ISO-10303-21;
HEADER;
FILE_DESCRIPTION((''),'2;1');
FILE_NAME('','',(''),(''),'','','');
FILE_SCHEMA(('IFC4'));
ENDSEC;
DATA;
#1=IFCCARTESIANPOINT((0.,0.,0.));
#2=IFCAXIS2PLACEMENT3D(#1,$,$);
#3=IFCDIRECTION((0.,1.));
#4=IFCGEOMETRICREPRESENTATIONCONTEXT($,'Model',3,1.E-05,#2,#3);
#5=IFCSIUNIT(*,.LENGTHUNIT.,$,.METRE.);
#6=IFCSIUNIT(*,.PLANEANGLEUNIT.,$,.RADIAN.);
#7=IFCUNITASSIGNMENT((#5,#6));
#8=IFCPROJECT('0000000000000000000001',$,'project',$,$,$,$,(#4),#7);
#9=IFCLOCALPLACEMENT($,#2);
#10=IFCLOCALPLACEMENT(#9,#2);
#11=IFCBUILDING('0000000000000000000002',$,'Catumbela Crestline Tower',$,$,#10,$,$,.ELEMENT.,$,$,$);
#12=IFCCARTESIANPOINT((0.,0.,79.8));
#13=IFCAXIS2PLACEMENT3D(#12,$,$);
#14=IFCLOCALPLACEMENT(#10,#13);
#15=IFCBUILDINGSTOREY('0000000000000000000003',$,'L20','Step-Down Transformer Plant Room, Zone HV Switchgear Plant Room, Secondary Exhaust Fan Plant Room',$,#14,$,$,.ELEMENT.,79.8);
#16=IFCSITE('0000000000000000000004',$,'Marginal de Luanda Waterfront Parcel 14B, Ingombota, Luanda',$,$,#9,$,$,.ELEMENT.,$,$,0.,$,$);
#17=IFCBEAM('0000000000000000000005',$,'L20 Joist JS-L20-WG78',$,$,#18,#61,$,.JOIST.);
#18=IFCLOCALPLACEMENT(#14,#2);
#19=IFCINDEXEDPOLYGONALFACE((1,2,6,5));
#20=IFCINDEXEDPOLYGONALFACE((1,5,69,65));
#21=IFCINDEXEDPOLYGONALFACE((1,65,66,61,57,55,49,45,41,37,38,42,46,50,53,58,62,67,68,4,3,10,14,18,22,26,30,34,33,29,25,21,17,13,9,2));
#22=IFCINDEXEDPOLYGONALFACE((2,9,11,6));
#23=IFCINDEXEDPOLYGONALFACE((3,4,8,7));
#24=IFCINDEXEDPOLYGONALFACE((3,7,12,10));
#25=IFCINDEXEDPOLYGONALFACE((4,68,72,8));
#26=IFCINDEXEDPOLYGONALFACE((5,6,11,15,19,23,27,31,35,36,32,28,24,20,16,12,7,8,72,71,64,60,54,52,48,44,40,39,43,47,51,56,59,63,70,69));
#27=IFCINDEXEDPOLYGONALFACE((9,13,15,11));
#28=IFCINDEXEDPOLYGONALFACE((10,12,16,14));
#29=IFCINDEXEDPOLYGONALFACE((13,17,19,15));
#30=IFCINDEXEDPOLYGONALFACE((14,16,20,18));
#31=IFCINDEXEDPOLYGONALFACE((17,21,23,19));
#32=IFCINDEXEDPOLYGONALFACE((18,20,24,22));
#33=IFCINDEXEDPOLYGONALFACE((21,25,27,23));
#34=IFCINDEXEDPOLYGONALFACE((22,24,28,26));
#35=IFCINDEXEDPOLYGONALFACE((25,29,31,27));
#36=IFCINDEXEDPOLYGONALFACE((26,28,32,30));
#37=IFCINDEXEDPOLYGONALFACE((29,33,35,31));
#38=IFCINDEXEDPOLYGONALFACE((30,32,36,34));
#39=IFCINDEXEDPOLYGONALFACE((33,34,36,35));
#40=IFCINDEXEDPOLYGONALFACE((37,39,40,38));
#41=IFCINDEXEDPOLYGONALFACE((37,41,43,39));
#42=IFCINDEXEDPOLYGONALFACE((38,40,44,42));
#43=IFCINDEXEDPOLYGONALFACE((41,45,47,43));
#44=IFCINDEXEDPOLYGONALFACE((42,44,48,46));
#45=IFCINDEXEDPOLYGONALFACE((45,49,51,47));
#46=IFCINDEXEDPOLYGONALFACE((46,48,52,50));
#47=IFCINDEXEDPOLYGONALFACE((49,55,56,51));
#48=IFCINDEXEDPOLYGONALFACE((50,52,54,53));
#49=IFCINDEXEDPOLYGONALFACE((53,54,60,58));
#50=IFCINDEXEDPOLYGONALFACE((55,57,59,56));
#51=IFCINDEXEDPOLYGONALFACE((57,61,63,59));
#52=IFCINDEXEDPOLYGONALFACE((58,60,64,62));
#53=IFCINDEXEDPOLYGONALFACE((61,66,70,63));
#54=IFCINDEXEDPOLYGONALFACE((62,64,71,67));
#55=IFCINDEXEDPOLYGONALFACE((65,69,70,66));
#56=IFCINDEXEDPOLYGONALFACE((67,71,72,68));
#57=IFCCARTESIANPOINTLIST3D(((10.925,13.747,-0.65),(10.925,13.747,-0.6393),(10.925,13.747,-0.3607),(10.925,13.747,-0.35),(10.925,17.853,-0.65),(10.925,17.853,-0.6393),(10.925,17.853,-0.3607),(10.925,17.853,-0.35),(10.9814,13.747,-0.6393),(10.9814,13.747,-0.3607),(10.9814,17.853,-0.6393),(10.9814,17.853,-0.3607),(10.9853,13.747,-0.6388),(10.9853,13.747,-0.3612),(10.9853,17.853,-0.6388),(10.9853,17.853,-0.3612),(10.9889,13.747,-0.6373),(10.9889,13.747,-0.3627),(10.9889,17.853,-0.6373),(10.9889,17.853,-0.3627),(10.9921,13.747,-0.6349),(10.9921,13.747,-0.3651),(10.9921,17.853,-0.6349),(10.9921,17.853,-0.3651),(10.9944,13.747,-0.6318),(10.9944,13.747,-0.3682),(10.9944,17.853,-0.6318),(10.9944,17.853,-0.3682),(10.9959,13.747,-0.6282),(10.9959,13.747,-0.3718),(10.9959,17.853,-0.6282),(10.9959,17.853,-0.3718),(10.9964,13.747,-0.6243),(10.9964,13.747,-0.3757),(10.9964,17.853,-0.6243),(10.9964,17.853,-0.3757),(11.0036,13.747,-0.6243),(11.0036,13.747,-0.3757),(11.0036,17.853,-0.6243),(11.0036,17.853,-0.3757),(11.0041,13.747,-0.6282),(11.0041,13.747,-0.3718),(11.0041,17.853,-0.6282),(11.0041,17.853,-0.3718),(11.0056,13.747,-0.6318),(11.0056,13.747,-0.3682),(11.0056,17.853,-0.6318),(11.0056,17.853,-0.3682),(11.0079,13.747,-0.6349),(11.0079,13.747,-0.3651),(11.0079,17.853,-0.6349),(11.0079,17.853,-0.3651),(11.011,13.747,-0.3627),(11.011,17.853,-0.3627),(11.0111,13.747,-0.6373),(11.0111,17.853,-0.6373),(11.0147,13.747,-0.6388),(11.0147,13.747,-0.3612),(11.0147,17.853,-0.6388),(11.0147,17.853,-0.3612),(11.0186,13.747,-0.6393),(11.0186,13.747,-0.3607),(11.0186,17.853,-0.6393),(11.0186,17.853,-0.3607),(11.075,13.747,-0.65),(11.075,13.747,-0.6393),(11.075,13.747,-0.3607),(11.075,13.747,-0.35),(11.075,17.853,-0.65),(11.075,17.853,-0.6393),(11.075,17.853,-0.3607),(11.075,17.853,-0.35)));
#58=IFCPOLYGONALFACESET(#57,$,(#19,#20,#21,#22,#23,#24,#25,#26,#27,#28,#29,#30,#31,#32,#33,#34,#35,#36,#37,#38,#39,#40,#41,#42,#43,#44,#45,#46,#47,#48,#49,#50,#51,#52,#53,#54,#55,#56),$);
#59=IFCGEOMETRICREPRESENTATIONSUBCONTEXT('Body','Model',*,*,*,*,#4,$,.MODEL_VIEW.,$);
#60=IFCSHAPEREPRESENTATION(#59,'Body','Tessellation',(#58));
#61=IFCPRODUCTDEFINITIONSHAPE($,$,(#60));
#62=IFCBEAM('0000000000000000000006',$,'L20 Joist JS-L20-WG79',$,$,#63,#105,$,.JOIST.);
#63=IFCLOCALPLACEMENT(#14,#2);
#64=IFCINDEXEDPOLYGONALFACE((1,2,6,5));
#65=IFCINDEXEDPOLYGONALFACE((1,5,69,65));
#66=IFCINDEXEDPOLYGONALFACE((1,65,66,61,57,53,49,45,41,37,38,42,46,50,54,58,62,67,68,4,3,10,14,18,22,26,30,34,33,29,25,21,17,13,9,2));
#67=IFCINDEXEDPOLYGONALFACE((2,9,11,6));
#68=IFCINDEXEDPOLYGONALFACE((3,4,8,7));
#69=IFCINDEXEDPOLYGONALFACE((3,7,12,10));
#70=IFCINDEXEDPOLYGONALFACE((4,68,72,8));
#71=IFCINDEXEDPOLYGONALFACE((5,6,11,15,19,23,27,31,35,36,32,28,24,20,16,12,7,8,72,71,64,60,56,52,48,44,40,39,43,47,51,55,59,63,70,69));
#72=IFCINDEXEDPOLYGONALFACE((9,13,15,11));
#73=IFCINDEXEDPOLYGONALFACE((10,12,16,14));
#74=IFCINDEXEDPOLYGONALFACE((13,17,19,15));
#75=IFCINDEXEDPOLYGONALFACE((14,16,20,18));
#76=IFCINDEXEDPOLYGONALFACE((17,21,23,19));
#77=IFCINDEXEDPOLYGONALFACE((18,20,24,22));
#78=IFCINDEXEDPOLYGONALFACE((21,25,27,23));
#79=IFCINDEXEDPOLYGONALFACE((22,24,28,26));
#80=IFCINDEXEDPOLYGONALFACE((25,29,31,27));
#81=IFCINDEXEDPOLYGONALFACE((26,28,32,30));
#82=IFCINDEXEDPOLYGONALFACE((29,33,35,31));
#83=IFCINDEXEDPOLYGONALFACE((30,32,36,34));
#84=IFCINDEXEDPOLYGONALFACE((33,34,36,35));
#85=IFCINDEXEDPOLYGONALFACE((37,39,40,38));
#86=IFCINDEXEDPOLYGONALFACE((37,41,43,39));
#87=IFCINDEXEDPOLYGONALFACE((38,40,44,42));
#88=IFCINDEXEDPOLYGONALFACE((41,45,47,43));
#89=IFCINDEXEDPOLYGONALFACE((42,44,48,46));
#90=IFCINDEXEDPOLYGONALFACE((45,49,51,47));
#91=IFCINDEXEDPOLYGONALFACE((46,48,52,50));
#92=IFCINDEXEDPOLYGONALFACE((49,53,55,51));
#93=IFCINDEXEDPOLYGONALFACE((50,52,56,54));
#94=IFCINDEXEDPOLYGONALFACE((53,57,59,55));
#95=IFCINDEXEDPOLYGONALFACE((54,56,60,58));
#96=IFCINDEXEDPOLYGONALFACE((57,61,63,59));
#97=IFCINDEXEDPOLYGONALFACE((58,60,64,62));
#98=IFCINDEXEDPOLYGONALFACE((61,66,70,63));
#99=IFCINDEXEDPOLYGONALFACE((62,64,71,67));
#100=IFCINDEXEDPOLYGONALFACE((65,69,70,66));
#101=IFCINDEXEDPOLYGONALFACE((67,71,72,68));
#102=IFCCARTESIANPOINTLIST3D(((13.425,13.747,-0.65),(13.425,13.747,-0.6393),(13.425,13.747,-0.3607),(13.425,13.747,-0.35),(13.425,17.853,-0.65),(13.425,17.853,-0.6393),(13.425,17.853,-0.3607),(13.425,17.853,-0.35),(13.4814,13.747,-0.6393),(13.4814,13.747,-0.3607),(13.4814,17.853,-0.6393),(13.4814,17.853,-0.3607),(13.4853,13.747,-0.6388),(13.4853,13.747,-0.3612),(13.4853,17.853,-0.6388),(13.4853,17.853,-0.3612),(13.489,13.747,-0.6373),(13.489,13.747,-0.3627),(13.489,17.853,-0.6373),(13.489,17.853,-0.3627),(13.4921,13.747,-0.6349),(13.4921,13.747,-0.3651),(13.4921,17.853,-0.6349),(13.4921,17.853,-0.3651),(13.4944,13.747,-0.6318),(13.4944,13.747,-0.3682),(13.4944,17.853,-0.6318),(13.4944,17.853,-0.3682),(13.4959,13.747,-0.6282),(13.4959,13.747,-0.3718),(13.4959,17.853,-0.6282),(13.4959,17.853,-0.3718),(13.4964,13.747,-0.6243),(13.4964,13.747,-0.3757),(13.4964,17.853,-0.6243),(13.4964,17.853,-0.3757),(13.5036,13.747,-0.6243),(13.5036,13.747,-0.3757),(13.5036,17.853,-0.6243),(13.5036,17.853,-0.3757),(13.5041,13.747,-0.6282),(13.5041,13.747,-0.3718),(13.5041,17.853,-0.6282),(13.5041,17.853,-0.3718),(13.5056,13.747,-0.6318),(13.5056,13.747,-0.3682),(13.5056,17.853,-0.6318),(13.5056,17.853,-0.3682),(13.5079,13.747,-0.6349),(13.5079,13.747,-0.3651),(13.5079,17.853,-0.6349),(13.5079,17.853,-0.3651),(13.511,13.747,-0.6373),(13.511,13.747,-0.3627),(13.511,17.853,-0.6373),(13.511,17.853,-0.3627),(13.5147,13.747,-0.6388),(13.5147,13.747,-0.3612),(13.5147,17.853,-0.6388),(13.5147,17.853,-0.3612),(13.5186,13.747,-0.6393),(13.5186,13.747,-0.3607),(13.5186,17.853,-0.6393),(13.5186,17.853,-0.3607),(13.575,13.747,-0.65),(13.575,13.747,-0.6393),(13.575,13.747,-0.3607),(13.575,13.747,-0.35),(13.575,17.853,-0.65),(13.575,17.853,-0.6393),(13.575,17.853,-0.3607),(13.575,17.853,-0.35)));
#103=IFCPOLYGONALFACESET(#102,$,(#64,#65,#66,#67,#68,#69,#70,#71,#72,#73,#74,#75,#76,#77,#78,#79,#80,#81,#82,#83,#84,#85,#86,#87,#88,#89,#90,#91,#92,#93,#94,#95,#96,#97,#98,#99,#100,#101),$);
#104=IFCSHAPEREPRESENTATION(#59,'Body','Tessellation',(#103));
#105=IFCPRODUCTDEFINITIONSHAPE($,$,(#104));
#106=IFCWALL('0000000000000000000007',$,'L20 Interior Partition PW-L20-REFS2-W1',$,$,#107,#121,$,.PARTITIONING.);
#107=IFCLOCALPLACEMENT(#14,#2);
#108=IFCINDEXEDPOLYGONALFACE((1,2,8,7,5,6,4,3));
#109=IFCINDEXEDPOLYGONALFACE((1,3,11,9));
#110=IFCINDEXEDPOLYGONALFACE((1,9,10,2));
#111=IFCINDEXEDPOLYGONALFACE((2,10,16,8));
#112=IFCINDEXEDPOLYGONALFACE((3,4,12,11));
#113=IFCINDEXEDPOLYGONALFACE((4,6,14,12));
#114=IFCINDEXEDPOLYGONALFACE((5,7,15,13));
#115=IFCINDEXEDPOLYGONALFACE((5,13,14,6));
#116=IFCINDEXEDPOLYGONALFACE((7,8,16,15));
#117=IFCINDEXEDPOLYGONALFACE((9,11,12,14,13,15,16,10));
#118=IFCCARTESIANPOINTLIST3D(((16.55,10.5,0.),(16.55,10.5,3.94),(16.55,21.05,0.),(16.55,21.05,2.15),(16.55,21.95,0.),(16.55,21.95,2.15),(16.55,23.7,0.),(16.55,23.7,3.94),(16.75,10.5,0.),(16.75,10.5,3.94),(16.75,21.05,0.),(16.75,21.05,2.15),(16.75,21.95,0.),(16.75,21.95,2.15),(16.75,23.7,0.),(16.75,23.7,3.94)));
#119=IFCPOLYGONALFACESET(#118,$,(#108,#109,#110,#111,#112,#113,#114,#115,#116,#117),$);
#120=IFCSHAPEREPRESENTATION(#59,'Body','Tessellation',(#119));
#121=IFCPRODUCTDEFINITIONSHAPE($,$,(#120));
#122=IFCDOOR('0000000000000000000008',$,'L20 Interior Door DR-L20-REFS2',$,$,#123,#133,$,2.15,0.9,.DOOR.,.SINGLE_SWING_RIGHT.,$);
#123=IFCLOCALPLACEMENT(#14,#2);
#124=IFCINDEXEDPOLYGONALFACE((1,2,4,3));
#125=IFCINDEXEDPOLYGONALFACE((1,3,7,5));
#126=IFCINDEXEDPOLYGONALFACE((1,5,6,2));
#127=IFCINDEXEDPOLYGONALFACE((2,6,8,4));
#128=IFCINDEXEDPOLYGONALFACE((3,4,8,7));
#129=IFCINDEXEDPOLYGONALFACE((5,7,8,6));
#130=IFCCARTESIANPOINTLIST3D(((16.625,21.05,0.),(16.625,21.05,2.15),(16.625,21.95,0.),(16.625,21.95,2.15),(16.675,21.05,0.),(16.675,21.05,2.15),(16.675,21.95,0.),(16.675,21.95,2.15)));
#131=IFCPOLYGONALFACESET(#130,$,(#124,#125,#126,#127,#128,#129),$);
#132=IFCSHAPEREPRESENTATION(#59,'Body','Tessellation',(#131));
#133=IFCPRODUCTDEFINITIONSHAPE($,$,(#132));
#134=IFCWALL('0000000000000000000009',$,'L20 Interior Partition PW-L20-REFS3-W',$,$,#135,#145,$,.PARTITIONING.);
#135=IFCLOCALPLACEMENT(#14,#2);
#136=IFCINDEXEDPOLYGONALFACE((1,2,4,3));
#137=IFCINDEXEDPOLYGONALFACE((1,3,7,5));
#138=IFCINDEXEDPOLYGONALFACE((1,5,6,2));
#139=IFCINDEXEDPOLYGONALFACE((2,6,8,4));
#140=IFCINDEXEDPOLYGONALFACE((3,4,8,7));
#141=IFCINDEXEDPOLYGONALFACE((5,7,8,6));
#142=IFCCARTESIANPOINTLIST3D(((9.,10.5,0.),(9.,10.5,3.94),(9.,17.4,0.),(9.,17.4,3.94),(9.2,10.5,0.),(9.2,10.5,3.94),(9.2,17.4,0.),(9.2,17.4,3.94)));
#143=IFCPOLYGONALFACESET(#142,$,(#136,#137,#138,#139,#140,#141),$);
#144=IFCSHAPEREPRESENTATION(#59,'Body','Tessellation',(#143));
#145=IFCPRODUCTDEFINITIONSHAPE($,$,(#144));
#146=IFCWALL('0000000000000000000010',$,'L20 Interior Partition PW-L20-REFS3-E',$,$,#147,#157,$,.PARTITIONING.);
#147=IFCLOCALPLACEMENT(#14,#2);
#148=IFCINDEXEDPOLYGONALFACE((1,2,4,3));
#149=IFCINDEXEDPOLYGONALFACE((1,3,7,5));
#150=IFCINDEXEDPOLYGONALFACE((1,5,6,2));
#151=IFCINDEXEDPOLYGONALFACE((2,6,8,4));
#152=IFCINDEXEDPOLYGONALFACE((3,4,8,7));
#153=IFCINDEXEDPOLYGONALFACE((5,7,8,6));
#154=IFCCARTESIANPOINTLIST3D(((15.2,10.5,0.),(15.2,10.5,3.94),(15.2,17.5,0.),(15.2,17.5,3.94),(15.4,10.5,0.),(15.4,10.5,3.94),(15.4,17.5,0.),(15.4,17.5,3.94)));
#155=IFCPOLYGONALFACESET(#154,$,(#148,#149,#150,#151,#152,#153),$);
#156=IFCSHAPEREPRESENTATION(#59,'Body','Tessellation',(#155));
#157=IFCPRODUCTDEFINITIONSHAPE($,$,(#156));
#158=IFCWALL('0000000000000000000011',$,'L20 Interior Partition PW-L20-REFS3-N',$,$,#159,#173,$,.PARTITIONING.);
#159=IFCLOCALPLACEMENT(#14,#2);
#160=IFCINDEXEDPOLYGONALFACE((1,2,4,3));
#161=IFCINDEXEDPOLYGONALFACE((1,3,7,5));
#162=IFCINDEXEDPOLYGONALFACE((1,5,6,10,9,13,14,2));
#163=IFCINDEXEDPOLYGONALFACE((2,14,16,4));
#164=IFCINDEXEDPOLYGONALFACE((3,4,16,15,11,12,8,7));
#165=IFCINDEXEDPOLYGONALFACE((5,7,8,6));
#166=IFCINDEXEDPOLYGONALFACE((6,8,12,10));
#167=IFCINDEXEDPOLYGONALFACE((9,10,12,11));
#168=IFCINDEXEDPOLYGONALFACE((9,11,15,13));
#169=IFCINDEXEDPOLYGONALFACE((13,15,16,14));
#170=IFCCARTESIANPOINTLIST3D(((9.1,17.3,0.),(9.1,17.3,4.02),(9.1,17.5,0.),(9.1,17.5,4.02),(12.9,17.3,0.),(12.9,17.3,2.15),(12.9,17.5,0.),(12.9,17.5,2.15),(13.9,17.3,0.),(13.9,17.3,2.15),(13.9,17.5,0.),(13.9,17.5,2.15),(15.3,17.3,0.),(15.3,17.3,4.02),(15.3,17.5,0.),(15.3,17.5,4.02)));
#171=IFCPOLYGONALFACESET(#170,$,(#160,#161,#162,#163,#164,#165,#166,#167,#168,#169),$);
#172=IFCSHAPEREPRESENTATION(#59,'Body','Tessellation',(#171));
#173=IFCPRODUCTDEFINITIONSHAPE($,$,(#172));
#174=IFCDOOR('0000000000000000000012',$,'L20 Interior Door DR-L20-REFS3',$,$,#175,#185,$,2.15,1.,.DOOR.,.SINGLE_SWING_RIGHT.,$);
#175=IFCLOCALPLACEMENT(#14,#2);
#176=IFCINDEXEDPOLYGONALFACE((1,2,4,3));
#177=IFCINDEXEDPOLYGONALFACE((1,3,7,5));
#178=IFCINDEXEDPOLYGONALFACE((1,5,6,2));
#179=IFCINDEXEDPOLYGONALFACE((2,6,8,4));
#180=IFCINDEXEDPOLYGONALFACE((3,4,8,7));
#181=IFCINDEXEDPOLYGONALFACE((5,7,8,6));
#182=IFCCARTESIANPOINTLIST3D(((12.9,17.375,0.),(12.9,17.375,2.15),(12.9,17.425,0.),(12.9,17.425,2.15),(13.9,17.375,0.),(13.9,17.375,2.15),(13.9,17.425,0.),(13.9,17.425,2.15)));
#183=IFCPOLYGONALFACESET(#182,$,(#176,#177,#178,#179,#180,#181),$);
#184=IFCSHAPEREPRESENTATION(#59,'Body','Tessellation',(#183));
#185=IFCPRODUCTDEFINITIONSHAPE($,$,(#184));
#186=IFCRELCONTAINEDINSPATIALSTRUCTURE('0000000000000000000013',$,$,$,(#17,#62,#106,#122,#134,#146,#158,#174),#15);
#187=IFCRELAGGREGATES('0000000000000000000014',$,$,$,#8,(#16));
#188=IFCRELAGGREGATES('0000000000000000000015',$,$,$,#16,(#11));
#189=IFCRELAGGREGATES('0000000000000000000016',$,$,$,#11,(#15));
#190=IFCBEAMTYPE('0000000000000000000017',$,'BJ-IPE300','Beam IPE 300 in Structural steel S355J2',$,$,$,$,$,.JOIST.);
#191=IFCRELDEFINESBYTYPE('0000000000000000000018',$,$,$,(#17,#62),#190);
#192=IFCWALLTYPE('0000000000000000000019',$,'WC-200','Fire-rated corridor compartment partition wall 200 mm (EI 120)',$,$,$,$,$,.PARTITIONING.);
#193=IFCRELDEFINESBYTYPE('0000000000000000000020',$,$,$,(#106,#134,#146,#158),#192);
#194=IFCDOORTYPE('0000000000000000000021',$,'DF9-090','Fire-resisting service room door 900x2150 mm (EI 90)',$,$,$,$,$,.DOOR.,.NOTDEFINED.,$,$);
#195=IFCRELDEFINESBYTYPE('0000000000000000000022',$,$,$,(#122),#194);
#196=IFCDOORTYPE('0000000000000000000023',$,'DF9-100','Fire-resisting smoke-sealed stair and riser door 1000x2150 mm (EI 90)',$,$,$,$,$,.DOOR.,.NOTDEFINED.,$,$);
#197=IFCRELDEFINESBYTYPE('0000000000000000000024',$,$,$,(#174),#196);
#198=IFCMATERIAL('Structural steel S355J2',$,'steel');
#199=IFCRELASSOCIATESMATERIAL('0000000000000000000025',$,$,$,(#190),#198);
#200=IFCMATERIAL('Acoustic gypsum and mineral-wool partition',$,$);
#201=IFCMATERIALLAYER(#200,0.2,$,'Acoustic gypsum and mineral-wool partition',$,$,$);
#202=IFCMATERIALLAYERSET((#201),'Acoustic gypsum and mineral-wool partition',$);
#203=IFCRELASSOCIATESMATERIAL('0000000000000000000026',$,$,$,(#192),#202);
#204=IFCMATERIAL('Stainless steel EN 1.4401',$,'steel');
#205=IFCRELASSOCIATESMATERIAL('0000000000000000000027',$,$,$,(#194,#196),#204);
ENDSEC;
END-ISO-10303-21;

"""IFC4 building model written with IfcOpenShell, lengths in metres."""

from ifc_helpers import new_model, si_unit, direction, frame, frame_2d, origin, origin_2d, place, context, subcontext, project, spatial, rectangle, i_section, extrude, material, layer, layer_set, material_profile, profile_set, type_object, element, fill, save


model = new_model("IFC4")

# Units and contexts
model_context = context("Model", 3, precision=1e-05, world=origin(), true_north=direction((0.0, 1.0)))
body_context = subcontext(model_context, "Body", "Model", "MODEL_VIEW")
ifc_project = project(units=[si_unit("LENGTHUNIT", "METRE"), si_unit("PLANEANGLEUNIT", "RADIAN")], contexts=[model_context])

# Site, building, storey
site_placement = place(None, origin())
site = spatial("IfcSite", under=ifc_project, at=site_placement, Name="Marginal de Luanda Waterfront Parcel 14B, Ingombota, Luanda", CompositionType="ELEMENT", RefElevation=0.0)
building_placement = place(site_placement, origin())
building = spatial("IfcBuilding", under=site, at=building_placement, Name="Catumbela Crestline Tower", CompositionType="ELEMENT")
storey_placement = place(building_placement, frame((0.0, 0.0, 79.8)))
storey = spatial("IfcBuildingStorey", under=building, at=storey_placement, Name="L20", Description="Step-Down Transformer Plant Room, Zone HV Switchgear Plant Room, Secondary Exhaust Fan Plant Room", CompositionType="ELEMENT", Elevation=79.8)

# Beams
ifc_material_1 = material(Name="Structural steel S355J2", Category="steel")
ifc_material_profile_1 = material_profile(ifc_material_1, i_section(OverallWidth=0.15, OverallDepth=0.3, WebThickness=0.0071, FlangeThickness=0.0107, FilletRadius=0.015, at=origin_2d()), Name="IPE 300")
ifc_profile_set_1 = profile_set([ifc_material_profile_1], Name="Structural steel S355J2")
beam_type_1 = type_object("IfcBeamType", Name="BJ-IPE300", Description="Beam IPE 300 in Structural steel S355J2", PredefinedType="JOIST", material=ifc_profile_set_1)
for number, where, z_axis, x_axis, name in (
    (1, (11.0, 13.747, -0.5), (0.0, 1.0, 0.0), (-1.0, 0.0, 0.0), "L20 Joist JS-L20-WG78"),
    (2, (13.5, 13.747, -0.5), (0.0, 1.0, 0.0), (-1.0, 0.0, 0.0), "L20 Joist JS-L20-WG79"),
):
    element("IfcBeam", number, at=place(storey_placement, frame(where, z_axis=z_axis, x_axis=x_axis)), inside=storey, type_object=beam_type_1, Name=name, PredefinedType="JOIST", context=body_context, shape_type="SweptSolid", body=[
        extrude(i_section(OverallWidth=0.15, OverallDepth=0.3, WebThickness=0.0071, FlangeThickness=0.0107, FilletRadius=0.015, at=origin_2d()), origin(), (0.0, 0.0, 1.0), 4.106),
    ])

# Wall, opening, door
ifc_material_2 = material(Name="Acoustic gypsum and mineral-wool partition")
ifc_layer = layer(ifc_material_2, 0.2, Name="Acoustic gypsum and mineral-wool partition")
ifc_layer_set = layer_set([ifc_layer], Name="Acoustic gypsum and mineral-wool partition")
wall_type = type_object("IfcWallType", Name="WC-200", Description="Fire-rated corridor compartment partition wall 200 mm (EI 120)", PredefinedType="PARTITIONING", material=ifc_layer_set)
wall_1_placement = place(storey_placement, frame((16.65, 10.5, 0.0), z_axis=(0.0, 0.0, 1.0), x_axis=(0.0, 1.0, 0.0)))
wall_1 = element("IfcWall", 3, at=wall_1_placement, inside=storey, type_object=wall_type, Name="L20 Interior Partition PW-L20-REFS2-W1", PredefinedType="PARTITIONING", context=body_context, shape_type="SweptSolid", body=[
    extrude(rectangle(XDim=13.2, YDim=0.2, at=frame_2d((6.6, 0.0))), origin(), (0.0, 0.0, 1.0), 3.94),
])
opening_1_placement = place(wall_1_placement, frame((10.55, 0.0, 0.0)))
opening_1 = element("IfcOpeningElement", 4, at=opening_1_placement, cuts=wall_1, PredefinedType="OPENING", context=body_context, shape_type="SweptSolid", body=[
    extrude(rectangle(XDim=0.9, YDim=2.15, at=frame_2d((0.45, 1.075))), frame((0.0, 0.11, 0.0), z_axis=(0.0, -1.0, 0.0), x_axis=(1.0, 0.0, 0.0)), (0.0, 0.0, 1.0), 0.22),
])
ifc_material_3 = material(Name="Stainless steel EN 1.4401", Category="steel")
door_type_1 = type_object("IfcDoorType", Name="DF9-090", Description="Fire-resisting service room door 900x2150 mm (EI 90)", OperationType="NOTDEFINED", PredefinedType="DOOR", material=ifc_material_3)
door_1_placement = place(opening_1_placement, origin())
door_1 = element("IfcDoor", 5, at=door_1_placement, inside=storey, type_object=door_type_1, Name="L20 Interior Door DR-L20-REFS2", OperationType="SINGLE_SWING_RIGHT", OverallHeight=2.15, OverallWidth=0.9, PredefinedType="DOOR", context=body_context, shape_type="SweptSolid", body=[
    extrude(rectangle(XDim=0.9, YDim=2.15, at=frame_2d((0.45, 1.075))), frame((0.0, 0.025, 0.0), z_axis=(0.0, -1.0, 0.0), x_axis=(1.0, 0.0, 0.0)), (0.0, 0.0, 1.0), 0.05),
])
fill(opening_1, door_1)

# Walls
wall_2_placement = place(storey_placement, frame((9.1, 10.5, 0.0), z_axis=(0.0, 0.0, 1.0), x_axis=(0.0, 1.0, 0.0)))
element("IfcWall", 6, at=wall_2_placement, inside=storey, type_object=wall_type, Name="L20 Interior Partition PW-L20-REFS3-W", PredefinedType="PARTITIONING", context=body_context, shape_type="SweptSolid", body=[
    extrude(rectangle(XDim=6.9, YDim=0.2, at=frame_2d((3.45, 0.0))), origin(), (0.0, 0.0, 1.0), 3.94),
])
wall_3_placement = place(storey_placement, frame((15.3, 10.5, 0.0), z_axis=(0.0, 0.0, 1.0), x_axis=(0.0, 1.0, 0.0)))
element("IfcWall", 7, at=wall_3_placement, inside=storey, type_object=wall_type, Name="L20 Interior Partition PW-L20-REFS3-E", PredefinedType="PARTITIONING", context=body_context, shape_type="SweptSolid", body=[
    extrude(rectangle(XDim=7.0, YDim=0.2, at=frame_2d((3.5, 0.0))), origin(), (0.0, 0.0, 1.0), 3.94),
])

# Wall, opening, door
wall_4_placement = place(storey_placement, frame((9.1, 17.4, 0.0), z_axis=(0.0, 0.0, 1.0), x_axis=(1.0, 0.0, 0.0)))
wall_4 = element("IfcWall", 8, at=wall_4_placement, inside=storey, type_object=wall_type, Name="L20 Interior Partition PW-L20-REFS3-N", PredefinedType="PARTITIONING", context=body_context, shape_type="SweptSolid", body=[
    extrude(rectangle(XDim=6.2, YDim=0.2, at=frame_2d((3.1, 0.0))), origin(), (0.0, 0.0, 1.0), 4.02),
])
opening_2_placement = place(wall_4_placement, frame((3.8, 0.0, 0.0)))
opening_2 = element("IfcOpeningElement", 9, at=opening_2_placement, cuts=wall_4, PredefinedType="OPENING", context=body_context, shape_type="SweptSolid", body=[
    extrude(rectangle(XDim=1.0, YDim=2.15, at=frame_2d((0.5, 1.075))), frame((0.0, 0.11, 0.0), z_axis=(0.0, -1.0, 0.0), x_axis=(1.0, 0.0, 0.0)), (0.0, 0.0, 1.0), 0.22),
])
door_type_2 = type_object("IfcDoorType", Name="DF9-100", Description="Fire-resisting smoke-sealed stair and riser door 1000x2150 mm (EI 90)", OperationType="NOTDEFINED", PredefinedType="DOOR", material=ifc_material_3)
door_2_placement = place(opening_2_placement, origin())
door_2 = element("IfcDoor", 10, at=door_2_placement, inside=storey, type_object=door_type_2, Name="L20 Interior Door DR-L20-REFS3", OperationType="SINGLE_SWING_RIGHT", OverallHeight=2.15, OverallWidth=1.0, PredefinedType="DOOR", context=body_context, shape_type="SweptSolid", body=[
    extrude(rectangle(XDim=1.0, YDim=2.15, at=frame_2d((0.5, 1.075))), frame((0.0, 0.025, 0.0), z_axis=(0.0, -1.0, 0.0), x_axis=(1.0, 0.0, 0.0)), (0.0, 0.0, 1.0), 0.05),
])
fill(opening_2, door_2)

save(model, "model.ifc")
